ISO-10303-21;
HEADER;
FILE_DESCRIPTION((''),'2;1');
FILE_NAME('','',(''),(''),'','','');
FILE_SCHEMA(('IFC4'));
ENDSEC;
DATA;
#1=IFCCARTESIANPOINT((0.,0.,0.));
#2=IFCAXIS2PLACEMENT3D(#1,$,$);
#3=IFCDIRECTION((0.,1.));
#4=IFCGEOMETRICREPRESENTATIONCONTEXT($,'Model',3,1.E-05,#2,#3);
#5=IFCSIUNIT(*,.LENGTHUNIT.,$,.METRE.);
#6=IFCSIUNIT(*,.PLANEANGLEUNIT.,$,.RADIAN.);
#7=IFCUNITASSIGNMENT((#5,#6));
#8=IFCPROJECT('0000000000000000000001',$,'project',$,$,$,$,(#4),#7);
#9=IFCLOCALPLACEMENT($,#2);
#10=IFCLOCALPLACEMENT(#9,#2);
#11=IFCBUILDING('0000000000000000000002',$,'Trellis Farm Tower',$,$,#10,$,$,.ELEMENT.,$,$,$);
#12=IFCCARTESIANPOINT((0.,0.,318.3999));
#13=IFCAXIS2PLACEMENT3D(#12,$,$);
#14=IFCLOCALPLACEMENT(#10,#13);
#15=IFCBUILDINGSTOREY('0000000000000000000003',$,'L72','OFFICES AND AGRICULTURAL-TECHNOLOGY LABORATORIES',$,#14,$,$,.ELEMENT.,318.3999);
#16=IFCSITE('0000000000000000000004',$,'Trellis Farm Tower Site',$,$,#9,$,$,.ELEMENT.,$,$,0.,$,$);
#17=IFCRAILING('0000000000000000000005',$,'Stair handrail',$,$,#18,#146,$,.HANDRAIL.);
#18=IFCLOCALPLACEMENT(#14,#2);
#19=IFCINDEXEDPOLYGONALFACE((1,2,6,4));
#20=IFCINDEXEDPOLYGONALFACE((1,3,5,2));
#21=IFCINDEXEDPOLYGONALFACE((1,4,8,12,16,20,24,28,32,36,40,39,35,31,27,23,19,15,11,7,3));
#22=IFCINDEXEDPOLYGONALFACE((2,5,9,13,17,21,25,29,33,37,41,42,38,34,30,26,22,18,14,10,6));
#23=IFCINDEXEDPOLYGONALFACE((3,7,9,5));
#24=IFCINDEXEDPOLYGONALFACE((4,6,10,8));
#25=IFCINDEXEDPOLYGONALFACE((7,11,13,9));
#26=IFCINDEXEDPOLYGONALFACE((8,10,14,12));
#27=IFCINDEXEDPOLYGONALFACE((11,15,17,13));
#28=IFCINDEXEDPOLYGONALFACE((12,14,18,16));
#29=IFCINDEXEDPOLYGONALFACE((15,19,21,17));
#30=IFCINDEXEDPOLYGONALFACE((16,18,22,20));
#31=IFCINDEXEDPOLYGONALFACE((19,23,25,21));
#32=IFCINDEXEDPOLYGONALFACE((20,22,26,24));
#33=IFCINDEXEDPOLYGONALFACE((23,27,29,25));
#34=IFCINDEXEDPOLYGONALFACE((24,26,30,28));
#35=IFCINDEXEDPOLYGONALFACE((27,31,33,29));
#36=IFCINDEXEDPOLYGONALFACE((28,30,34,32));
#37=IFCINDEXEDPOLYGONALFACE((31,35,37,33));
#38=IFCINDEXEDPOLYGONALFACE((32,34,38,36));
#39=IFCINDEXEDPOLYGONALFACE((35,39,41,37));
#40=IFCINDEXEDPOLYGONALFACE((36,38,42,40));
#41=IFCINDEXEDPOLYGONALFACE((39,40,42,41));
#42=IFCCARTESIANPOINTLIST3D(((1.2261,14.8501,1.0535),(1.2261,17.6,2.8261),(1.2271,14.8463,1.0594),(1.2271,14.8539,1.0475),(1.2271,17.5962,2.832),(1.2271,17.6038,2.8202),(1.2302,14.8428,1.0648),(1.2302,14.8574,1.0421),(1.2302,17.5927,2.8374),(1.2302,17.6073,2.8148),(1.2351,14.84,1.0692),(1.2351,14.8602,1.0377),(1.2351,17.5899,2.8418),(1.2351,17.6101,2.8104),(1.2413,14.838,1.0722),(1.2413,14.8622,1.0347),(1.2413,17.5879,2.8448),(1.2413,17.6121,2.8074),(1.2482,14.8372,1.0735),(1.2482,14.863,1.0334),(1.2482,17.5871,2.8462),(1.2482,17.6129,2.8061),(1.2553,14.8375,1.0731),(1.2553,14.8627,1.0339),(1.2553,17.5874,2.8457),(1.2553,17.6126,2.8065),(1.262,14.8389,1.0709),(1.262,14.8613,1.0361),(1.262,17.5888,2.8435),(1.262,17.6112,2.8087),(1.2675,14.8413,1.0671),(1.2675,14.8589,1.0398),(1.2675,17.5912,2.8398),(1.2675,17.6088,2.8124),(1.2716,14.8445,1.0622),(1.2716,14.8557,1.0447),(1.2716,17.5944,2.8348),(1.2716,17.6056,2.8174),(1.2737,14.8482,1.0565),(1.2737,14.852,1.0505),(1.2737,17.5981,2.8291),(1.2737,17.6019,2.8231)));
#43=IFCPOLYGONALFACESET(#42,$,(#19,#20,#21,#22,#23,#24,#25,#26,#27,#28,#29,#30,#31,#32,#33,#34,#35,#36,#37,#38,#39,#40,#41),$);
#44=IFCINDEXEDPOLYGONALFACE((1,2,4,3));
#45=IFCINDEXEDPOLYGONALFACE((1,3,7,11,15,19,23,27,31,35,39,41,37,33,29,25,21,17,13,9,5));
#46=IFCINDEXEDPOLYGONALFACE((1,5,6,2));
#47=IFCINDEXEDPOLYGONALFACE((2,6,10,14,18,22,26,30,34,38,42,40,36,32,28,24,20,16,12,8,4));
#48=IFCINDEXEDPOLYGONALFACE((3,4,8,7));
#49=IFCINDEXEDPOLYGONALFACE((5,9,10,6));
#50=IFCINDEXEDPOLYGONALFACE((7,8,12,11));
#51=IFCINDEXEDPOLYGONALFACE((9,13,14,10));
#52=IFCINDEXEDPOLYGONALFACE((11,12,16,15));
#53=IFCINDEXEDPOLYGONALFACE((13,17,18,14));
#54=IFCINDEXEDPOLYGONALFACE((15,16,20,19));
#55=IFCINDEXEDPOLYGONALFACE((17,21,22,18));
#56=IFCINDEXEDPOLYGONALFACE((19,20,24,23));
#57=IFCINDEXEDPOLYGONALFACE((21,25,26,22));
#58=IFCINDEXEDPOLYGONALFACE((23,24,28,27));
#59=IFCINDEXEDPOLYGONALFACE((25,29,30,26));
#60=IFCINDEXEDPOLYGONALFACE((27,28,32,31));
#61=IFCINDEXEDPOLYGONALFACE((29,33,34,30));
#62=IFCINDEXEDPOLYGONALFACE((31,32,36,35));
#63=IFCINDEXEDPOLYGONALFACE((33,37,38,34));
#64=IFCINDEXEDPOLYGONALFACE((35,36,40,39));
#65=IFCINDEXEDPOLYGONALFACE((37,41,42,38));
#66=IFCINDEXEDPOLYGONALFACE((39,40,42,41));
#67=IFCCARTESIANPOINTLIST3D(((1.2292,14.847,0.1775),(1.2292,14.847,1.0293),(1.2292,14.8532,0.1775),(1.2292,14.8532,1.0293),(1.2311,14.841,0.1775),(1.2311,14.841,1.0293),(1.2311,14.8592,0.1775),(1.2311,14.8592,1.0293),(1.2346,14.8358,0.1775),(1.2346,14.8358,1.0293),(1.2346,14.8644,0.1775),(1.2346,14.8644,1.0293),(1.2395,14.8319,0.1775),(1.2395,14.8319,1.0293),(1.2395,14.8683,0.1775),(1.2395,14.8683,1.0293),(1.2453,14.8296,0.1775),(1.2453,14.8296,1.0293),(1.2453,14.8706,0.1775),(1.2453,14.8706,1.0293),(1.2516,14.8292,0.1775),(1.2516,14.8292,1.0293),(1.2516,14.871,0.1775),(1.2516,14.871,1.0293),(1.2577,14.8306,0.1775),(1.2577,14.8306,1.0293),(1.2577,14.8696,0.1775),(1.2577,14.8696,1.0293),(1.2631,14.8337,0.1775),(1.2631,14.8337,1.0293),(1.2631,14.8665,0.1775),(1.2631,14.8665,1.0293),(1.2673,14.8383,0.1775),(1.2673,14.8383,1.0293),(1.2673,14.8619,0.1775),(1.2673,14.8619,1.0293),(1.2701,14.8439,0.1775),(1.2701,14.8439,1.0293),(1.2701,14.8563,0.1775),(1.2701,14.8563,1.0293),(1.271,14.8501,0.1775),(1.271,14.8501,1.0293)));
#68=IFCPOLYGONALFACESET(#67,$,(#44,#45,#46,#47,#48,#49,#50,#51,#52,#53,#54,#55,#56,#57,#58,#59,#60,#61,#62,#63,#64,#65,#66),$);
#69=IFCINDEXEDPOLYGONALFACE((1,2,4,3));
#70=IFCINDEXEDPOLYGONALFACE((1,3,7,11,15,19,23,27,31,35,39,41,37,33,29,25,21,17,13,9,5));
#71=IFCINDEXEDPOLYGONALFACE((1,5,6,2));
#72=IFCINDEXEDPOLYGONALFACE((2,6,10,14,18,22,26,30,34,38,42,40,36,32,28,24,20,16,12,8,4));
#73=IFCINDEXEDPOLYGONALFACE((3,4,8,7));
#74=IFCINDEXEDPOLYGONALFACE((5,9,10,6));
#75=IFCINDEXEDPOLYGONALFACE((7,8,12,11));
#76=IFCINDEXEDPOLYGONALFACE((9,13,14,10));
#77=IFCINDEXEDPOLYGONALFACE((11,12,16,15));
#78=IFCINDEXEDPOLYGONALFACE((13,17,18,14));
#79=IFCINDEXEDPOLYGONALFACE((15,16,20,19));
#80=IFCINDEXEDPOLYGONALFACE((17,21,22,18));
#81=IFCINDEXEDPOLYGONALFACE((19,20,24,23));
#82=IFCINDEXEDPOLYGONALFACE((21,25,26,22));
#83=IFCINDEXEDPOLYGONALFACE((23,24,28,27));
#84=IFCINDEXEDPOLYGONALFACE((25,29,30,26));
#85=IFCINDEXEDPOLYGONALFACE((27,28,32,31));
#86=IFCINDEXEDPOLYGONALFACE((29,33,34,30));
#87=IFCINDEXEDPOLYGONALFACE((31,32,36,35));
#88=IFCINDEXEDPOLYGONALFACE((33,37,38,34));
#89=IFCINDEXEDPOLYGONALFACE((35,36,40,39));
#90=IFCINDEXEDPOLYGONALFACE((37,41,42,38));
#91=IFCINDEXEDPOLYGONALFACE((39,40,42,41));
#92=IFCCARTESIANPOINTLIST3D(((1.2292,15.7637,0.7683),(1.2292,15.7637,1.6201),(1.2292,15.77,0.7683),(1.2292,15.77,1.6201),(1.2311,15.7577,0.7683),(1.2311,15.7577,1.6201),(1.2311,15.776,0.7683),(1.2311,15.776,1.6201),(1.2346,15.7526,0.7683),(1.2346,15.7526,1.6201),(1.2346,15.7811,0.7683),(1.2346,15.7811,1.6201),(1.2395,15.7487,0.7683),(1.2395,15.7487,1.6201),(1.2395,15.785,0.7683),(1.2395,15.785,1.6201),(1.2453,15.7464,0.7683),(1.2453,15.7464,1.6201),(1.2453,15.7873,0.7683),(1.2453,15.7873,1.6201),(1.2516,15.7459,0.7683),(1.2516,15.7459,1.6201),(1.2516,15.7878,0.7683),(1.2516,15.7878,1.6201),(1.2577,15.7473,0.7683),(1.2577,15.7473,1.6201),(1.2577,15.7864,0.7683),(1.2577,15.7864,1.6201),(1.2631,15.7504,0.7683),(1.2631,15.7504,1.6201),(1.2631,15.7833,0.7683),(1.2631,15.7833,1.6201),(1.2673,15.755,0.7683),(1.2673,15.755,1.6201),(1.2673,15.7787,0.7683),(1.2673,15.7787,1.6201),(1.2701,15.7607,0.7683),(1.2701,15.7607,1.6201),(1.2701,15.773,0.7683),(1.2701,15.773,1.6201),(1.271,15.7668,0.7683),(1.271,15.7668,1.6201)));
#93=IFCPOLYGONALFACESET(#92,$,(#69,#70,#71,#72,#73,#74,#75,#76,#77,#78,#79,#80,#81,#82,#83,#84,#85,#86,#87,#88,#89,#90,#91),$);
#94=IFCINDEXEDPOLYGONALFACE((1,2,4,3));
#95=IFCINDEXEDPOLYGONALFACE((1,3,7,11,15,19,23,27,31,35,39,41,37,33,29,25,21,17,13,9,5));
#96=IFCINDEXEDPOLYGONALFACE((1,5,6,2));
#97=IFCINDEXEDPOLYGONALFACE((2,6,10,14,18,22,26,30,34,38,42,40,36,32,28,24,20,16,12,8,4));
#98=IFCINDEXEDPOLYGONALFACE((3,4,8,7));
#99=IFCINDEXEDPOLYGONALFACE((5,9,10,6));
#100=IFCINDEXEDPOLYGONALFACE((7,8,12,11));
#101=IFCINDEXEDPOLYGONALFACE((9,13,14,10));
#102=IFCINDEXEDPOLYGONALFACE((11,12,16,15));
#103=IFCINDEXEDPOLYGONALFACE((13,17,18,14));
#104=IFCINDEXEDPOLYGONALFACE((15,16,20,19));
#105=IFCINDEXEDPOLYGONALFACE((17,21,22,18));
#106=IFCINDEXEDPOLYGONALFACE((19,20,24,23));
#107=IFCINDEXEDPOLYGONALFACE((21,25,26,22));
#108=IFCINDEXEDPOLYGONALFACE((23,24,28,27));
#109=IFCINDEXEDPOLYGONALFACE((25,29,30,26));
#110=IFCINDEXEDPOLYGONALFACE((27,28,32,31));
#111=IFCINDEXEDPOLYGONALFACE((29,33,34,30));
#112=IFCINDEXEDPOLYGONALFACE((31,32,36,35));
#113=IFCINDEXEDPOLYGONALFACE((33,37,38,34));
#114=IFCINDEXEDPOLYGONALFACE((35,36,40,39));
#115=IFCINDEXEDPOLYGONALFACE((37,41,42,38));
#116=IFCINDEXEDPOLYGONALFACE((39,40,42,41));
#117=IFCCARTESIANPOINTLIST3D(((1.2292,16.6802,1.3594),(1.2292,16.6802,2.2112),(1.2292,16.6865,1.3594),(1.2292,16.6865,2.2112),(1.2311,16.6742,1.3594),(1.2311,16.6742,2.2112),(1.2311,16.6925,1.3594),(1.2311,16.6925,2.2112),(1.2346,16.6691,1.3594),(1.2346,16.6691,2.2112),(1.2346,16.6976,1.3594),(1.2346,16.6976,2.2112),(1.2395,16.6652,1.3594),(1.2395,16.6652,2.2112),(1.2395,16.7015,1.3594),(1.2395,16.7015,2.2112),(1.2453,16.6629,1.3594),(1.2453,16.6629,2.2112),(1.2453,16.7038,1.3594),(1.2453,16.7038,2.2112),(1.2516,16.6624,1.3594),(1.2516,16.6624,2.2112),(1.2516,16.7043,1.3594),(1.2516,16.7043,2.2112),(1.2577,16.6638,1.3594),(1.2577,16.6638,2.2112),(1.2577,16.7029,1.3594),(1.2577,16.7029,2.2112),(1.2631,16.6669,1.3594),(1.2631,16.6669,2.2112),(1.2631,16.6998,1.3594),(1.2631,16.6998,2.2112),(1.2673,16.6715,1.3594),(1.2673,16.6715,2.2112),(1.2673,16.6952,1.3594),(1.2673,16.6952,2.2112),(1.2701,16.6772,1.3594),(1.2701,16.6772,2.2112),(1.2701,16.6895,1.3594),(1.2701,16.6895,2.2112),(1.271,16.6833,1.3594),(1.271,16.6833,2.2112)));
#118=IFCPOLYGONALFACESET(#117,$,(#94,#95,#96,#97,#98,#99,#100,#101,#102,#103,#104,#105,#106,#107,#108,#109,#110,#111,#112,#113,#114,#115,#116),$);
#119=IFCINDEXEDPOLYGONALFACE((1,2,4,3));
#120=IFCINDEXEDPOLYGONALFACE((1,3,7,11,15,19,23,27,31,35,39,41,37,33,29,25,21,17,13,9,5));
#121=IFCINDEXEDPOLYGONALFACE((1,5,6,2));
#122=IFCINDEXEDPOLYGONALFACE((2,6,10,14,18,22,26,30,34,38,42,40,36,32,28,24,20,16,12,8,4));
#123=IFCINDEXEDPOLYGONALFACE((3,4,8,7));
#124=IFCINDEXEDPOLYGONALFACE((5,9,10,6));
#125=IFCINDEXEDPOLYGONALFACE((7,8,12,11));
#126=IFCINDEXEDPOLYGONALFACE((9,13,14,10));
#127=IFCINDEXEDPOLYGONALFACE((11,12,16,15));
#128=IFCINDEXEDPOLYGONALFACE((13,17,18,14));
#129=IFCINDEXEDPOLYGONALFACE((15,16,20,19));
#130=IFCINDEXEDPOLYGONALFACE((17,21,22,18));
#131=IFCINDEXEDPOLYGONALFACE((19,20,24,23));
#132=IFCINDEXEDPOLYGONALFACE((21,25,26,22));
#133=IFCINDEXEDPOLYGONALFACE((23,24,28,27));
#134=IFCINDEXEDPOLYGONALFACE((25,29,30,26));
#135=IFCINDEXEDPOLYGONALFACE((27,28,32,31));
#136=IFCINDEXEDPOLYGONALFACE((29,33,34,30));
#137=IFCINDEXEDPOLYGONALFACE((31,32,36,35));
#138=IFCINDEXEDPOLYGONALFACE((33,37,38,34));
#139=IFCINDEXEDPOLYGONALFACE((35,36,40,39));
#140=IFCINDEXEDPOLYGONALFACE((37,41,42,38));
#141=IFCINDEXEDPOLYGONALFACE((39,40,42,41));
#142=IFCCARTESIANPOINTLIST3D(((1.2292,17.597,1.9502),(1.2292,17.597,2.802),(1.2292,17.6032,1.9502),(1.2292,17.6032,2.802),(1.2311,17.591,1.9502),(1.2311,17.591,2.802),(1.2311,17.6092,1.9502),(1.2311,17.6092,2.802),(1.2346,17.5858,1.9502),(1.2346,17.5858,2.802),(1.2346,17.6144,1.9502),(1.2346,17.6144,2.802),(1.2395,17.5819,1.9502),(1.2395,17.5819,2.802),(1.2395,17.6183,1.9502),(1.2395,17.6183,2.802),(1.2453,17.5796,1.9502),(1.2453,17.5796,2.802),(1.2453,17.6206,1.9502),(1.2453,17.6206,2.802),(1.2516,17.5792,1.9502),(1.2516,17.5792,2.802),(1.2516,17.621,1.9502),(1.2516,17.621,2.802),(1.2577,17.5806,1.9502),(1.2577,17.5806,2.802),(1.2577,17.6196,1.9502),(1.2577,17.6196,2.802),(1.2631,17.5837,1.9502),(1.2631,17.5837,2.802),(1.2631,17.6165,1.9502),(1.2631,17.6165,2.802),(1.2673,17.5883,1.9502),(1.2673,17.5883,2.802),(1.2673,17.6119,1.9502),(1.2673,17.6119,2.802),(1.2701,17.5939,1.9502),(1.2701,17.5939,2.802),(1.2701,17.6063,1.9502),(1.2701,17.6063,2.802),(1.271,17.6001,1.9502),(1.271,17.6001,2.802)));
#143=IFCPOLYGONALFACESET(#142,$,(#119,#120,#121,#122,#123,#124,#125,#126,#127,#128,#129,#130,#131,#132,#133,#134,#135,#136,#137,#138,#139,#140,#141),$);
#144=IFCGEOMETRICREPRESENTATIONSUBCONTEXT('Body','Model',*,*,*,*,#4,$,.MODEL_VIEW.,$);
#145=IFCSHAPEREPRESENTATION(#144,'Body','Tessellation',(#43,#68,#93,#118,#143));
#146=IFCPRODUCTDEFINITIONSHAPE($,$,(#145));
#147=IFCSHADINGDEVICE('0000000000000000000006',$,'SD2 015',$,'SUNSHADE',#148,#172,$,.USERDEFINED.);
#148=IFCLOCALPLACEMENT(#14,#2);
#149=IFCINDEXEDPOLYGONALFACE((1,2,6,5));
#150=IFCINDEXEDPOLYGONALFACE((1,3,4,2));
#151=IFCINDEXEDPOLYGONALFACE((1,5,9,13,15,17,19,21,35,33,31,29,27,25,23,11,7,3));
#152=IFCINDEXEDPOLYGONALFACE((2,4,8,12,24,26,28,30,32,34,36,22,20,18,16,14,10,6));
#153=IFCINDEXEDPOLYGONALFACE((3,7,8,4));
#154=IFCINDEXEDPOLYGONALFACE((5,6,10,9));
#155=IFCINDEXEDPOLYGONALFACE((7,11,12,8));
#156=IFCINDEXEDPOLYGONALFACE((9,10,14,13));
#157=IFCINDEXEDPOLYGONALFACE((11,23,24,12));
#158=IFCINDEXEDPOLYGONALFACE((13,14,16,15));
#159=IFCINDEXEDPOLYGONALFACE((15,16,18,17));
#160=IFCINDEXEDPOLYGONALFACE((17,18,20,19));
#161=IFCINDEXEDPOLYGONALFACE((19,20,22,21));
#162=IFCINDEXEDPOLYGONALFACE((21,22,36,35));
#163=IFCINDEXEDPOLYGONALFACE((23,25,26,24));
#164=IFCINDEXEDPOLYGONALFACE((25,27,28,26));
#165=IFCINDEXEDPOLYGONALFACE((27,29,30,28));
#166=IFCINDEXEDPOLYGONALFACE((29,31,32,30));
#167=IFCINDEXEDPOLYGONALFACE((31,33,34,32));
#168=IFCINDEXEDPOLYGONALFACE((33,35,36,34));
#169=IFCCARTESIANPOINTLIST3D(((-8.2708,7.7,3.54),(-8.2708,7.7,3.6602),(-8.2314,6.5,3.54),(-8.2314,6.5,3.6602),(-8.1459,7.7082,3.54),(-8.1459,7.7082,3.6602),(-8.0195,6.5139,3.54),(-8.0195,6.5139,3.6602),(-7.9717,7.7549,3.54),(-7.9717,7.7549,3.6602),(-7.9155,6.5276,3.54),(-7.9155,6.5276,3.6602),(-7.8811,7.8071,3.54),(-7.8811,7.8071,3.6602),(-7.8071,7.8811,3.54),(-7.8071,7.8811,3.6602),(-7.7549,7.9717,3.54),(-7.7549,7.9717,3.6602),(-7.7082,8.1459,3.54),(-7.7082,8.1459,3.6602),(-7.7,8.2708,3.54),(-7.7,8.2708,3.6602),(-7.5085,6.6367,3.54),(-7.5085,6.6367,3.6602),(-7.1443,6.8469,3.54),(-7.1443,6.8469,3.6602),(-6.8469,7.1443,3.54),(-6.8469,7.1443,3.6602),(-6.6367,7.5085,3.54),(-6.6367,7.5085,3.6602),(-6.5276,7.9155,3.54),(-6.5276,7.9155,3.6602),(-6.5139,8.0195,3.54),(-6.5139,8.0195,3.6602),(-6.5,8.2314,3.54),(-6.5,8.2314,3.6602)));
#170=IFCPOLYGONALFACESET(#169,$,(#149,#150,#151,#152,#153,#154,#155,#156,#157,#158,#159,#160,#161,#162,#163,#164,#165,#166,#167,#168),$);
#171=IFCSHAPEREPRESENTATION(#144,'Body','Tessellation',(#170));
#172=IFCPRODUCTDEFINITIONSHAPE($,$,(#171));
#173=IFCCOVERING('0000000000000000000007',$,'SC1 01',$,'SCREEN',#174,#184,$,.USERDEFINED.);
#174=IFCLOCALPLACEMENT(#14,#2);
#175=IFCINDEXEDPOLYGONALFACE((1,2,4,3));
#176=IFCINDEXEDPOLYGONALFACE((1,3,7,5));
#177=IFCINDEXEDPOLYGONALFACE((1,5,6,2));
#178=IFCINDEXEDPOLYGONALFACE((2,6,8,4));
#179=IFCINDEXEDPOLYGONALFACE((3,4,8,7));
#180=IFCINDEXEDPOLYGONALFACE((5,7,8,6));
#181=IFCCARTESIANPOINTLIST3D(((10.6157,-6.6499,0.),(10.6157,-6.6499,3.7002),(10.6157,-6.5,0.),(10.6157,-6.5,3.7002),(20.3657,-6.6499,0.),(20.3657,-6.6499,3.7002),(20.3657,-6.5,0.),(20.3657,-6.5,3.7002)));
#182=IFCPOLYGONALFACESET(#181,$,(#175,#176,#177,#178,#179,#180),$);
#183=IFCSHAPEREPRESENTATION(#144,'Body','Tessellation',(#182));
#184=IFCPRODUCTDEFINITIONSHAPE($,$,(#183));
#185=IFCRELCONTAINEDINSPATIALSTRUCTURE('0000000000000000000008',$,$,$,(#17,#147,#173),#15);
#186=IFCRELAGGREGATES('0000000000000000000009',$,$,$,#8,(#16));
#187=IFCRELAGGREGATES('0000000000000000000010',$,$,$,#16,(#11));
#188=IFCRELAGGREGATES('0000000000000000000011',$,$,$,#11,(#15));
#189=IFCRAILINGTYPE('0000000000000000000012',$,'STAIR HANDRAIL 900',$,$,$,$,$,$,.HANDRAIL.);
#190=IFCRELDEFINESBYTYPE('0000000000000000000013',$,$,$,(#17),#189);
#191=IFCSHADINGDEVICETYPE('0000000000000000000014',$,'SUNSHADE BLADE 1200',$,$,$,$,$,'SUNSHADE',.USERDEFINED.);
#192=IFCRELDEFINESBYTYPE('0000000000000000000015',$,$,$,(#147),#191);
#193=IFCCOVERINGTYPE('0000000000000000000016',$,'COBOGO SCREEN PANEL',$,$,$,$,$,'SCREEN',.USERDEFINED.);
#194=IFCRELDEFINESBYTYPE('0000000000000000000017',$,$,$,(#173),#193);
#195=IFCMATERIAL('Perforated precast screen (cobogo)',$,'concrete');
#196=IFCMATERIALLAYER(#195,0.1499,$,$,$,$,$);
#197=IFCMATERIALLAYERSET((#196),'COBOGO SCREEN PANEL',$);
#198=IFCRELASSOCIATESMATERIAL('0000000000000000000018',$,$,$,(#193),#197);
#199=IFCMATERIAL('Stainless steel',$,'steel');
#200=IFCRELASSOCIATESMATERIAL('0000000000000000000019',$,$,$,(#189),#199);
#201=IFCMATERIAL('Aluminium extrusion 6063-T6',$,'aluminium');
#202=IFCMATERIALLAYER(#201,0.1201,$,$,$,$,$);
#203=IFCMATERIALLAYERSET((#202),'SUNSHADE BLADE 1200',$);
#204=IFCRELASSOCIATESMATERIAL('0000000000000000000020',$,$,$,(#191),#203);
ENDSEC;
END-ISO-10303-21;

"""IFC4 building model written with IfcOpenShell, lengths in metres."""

from ifc_helpers import new_model, si_unit, direction, frame, origin, origin_2d, place, context, subcontext, project, spatial, polyline, circle, outline, extrude, source, transform, mapped, material, layer, layer_set, type_object, element, save


model = new_model("IFC4")

# Units and contexts
model_context = context("Model", 3, precision=1e-05, world=origin(), true_north=direction((0.0, 1.0)))
body_context = subcontext(model_context, "Body", "Model", "MODEL_VIEW")
ifc_project = project(units=[si_unit("LENGTHUNIT", "METRE"), si_unit("PLANEANGLEUNIT", "RADIAN")], contexts=[model_context])

# Site, building, storey
site_placement = place(None, origin())
site = spatial("IfcSite", under=ifc_project, at=site_placement, Name="Trellis Farm Tower Site", CompositionType="ELEMENT", RefElevation=0.0)
building_placement = place(site_placement, origin())
building = spatial("IfcBuilding", under=site, at=building_placement, Name="Trellis Farm Tower", CompositionType="ELEMENT")
storey_placement = place(building_placement, frame((0.0, 0.0, 318.3999)))
storey = spatial("IfcBuildingStorey", under=building, at=storey_placement, Name="L72", Description="OFFICES AND AGRICULTURAL-TECHNOLOGY LABORATORIES", CompositionType="ELEMENT", Elevation=318.3999)

# Shared definitions
placement_1 = place(storey_placement, origin())
ifc_material_1 = material(Name="Aluminium extrusion 6063-T6", Category="aluminium")

# Shared definitions
ifc_material_2 = material(Name="Perforated precast screen (cobogo)", Category="concrete")
ifc_layer_1 = layer(ifc_material_2, 0.1499)
ifc_layer_set_1 = layer_set([ifc_layer_1], Name="COBOGO SCREEN PANEL")
covering_type = type_object("IfcCoveringType", Name="COBOGO SCREEN PANEL", ElementType="SCREEN", PredefinedType="USERDEFINED", material=ifc_layer_set_1)

# Railing
ifc_material_3 = material(Name="Stainless steel", Category="steel")
railing_type = type_object("IfcRailingType", Name="STAIR HANDRAIL 900", PredefinedType="HANDRAIL", material=ifc_material_3)
shared_shape_1 = source(origin(), body_context, "Body", "SweptSolid", [
    extrude(circle(Radius=0.0239, at=origin_2d()), frame((0.0, 0.0, 0.876), z_axis=(0.0, 0.840504, 0.541806), x_axis=(-1.0, 0.0, 0.0)), (0.0, 0.0, 1.0), 3.2717),
    extrude(circle(Radius=0.021, at=origin_2d()), origin(), (0.0, 0.0, 1.0), 0.8518),
    extrude(circle(Radius=0.021, at=origin_2d()), frame((0.0, 0.9167, 0.5908)), (0.0, 0.0, 1.0), 0.8518),
    extrude(circle(Radius=0.021, at=origin_2d()), frame((0.0, 1.8333, 1.1819)), (0.0, 0.0, 1.0), 0.8518),
    extrude(circle(Radius=0.021, at=origin_2d()), frame((0.0, 2.75, 1.7727)), (0.0, 0.0, 1.0), 0.8518),
])
railing_placement = place(storey_placement, frame((1.25, 14.8501, 0.1775)))
element("IfcRailing", 1, at=railing_placement, inside=storey, type_object=railing_type, Name="Stair handrail", PredefinedType="HANDRAIL", context=body_context, shape_type="MappedRepresentation", body=[
    mapped(shared_shape_1, transform((0.0, 0.0, 0.0))),
])

# Shading device
ifc_layer_2 = layer(ifc_material_1, 0.1201)
ifc_layer_set_2 = layer_set([ifc_layer_2], Name="SUNSHADE BLADE 1200")
shading_device_type_1 = type_object("IfcShadingDeviceType", Name="SUNSHADE BLADE 1200", ElementType="SUNSHADE", PredefinedType="USERDEFINED", material=ifc_layer_set_2)
shared_shape_2 = source(origin(), body_context, "Body", "SweptSolid", [
    extrude(outline(polyline([(-7.7, 8.2708), (-7.7087, 8.1372), (-7.707, 8.1501), (-7.7549, 7.9717), (-7.8071, 7.8811), (-7.8811, 7.8071), (-7.9717, 7.7549), (-8.1501, 7.707), (-8.1372, 7.7087), (-8.2708, 7.7), (-8.2314, 6.5), (-8.0195, 6.5139), (-7.9155, 6.5276), (-7.5085, 6.6367), (-7.1443, 6.8469), (-6.8469, 7.1443), (-6.6367, 7.5085), (-6.5276, 7.9155), (-6.5139, 8.0195), (-6.5, 8.2314), (-7.7, 8.2708)])), origin(), (0.0, 0.0, 1.0), 0.1201),
])
placement_2 = place(storey_placement, frame((0.0, 0.0, 3.54)))
element("IfcShadingDevice", 2, at=placement_2, inside=storey, type_object=shading_device_type_1, Name="SD2 015", ObjectType="SUNSHADE", PredefinedType="USERDEFINED", context=body_context, shape_type="MappedRepresentation", body=[
    mapped(shared_shape_2, transform((0.0, 0.0, 0.0))),
])

# Covering
shared_shape_3 = source(origin(), body_context, "Body", "SweptSolid", [
    extrude(outline(polyline([(10.6157, -6.6499), (20.3657, -6.6499), (20.3657, -6.5), (10.6157, -6.5), (10.6157, -6.6499)])), origin(), (0.0, 0.0, 1.0), 3.7002),
])
element("IfcCovering", 3, at=placement_1, inside=storey, type_object=covering_type, Name="SC1 01", ObjectType="SCREEN", PredefinedType="USERDEFINED", context=body_context, shape_type="MappedRepresentation", body=[
    mapped(shared_shape_3, transform((0.0, 0.0, 0.0))),
])

save(model, "model.ifc")
